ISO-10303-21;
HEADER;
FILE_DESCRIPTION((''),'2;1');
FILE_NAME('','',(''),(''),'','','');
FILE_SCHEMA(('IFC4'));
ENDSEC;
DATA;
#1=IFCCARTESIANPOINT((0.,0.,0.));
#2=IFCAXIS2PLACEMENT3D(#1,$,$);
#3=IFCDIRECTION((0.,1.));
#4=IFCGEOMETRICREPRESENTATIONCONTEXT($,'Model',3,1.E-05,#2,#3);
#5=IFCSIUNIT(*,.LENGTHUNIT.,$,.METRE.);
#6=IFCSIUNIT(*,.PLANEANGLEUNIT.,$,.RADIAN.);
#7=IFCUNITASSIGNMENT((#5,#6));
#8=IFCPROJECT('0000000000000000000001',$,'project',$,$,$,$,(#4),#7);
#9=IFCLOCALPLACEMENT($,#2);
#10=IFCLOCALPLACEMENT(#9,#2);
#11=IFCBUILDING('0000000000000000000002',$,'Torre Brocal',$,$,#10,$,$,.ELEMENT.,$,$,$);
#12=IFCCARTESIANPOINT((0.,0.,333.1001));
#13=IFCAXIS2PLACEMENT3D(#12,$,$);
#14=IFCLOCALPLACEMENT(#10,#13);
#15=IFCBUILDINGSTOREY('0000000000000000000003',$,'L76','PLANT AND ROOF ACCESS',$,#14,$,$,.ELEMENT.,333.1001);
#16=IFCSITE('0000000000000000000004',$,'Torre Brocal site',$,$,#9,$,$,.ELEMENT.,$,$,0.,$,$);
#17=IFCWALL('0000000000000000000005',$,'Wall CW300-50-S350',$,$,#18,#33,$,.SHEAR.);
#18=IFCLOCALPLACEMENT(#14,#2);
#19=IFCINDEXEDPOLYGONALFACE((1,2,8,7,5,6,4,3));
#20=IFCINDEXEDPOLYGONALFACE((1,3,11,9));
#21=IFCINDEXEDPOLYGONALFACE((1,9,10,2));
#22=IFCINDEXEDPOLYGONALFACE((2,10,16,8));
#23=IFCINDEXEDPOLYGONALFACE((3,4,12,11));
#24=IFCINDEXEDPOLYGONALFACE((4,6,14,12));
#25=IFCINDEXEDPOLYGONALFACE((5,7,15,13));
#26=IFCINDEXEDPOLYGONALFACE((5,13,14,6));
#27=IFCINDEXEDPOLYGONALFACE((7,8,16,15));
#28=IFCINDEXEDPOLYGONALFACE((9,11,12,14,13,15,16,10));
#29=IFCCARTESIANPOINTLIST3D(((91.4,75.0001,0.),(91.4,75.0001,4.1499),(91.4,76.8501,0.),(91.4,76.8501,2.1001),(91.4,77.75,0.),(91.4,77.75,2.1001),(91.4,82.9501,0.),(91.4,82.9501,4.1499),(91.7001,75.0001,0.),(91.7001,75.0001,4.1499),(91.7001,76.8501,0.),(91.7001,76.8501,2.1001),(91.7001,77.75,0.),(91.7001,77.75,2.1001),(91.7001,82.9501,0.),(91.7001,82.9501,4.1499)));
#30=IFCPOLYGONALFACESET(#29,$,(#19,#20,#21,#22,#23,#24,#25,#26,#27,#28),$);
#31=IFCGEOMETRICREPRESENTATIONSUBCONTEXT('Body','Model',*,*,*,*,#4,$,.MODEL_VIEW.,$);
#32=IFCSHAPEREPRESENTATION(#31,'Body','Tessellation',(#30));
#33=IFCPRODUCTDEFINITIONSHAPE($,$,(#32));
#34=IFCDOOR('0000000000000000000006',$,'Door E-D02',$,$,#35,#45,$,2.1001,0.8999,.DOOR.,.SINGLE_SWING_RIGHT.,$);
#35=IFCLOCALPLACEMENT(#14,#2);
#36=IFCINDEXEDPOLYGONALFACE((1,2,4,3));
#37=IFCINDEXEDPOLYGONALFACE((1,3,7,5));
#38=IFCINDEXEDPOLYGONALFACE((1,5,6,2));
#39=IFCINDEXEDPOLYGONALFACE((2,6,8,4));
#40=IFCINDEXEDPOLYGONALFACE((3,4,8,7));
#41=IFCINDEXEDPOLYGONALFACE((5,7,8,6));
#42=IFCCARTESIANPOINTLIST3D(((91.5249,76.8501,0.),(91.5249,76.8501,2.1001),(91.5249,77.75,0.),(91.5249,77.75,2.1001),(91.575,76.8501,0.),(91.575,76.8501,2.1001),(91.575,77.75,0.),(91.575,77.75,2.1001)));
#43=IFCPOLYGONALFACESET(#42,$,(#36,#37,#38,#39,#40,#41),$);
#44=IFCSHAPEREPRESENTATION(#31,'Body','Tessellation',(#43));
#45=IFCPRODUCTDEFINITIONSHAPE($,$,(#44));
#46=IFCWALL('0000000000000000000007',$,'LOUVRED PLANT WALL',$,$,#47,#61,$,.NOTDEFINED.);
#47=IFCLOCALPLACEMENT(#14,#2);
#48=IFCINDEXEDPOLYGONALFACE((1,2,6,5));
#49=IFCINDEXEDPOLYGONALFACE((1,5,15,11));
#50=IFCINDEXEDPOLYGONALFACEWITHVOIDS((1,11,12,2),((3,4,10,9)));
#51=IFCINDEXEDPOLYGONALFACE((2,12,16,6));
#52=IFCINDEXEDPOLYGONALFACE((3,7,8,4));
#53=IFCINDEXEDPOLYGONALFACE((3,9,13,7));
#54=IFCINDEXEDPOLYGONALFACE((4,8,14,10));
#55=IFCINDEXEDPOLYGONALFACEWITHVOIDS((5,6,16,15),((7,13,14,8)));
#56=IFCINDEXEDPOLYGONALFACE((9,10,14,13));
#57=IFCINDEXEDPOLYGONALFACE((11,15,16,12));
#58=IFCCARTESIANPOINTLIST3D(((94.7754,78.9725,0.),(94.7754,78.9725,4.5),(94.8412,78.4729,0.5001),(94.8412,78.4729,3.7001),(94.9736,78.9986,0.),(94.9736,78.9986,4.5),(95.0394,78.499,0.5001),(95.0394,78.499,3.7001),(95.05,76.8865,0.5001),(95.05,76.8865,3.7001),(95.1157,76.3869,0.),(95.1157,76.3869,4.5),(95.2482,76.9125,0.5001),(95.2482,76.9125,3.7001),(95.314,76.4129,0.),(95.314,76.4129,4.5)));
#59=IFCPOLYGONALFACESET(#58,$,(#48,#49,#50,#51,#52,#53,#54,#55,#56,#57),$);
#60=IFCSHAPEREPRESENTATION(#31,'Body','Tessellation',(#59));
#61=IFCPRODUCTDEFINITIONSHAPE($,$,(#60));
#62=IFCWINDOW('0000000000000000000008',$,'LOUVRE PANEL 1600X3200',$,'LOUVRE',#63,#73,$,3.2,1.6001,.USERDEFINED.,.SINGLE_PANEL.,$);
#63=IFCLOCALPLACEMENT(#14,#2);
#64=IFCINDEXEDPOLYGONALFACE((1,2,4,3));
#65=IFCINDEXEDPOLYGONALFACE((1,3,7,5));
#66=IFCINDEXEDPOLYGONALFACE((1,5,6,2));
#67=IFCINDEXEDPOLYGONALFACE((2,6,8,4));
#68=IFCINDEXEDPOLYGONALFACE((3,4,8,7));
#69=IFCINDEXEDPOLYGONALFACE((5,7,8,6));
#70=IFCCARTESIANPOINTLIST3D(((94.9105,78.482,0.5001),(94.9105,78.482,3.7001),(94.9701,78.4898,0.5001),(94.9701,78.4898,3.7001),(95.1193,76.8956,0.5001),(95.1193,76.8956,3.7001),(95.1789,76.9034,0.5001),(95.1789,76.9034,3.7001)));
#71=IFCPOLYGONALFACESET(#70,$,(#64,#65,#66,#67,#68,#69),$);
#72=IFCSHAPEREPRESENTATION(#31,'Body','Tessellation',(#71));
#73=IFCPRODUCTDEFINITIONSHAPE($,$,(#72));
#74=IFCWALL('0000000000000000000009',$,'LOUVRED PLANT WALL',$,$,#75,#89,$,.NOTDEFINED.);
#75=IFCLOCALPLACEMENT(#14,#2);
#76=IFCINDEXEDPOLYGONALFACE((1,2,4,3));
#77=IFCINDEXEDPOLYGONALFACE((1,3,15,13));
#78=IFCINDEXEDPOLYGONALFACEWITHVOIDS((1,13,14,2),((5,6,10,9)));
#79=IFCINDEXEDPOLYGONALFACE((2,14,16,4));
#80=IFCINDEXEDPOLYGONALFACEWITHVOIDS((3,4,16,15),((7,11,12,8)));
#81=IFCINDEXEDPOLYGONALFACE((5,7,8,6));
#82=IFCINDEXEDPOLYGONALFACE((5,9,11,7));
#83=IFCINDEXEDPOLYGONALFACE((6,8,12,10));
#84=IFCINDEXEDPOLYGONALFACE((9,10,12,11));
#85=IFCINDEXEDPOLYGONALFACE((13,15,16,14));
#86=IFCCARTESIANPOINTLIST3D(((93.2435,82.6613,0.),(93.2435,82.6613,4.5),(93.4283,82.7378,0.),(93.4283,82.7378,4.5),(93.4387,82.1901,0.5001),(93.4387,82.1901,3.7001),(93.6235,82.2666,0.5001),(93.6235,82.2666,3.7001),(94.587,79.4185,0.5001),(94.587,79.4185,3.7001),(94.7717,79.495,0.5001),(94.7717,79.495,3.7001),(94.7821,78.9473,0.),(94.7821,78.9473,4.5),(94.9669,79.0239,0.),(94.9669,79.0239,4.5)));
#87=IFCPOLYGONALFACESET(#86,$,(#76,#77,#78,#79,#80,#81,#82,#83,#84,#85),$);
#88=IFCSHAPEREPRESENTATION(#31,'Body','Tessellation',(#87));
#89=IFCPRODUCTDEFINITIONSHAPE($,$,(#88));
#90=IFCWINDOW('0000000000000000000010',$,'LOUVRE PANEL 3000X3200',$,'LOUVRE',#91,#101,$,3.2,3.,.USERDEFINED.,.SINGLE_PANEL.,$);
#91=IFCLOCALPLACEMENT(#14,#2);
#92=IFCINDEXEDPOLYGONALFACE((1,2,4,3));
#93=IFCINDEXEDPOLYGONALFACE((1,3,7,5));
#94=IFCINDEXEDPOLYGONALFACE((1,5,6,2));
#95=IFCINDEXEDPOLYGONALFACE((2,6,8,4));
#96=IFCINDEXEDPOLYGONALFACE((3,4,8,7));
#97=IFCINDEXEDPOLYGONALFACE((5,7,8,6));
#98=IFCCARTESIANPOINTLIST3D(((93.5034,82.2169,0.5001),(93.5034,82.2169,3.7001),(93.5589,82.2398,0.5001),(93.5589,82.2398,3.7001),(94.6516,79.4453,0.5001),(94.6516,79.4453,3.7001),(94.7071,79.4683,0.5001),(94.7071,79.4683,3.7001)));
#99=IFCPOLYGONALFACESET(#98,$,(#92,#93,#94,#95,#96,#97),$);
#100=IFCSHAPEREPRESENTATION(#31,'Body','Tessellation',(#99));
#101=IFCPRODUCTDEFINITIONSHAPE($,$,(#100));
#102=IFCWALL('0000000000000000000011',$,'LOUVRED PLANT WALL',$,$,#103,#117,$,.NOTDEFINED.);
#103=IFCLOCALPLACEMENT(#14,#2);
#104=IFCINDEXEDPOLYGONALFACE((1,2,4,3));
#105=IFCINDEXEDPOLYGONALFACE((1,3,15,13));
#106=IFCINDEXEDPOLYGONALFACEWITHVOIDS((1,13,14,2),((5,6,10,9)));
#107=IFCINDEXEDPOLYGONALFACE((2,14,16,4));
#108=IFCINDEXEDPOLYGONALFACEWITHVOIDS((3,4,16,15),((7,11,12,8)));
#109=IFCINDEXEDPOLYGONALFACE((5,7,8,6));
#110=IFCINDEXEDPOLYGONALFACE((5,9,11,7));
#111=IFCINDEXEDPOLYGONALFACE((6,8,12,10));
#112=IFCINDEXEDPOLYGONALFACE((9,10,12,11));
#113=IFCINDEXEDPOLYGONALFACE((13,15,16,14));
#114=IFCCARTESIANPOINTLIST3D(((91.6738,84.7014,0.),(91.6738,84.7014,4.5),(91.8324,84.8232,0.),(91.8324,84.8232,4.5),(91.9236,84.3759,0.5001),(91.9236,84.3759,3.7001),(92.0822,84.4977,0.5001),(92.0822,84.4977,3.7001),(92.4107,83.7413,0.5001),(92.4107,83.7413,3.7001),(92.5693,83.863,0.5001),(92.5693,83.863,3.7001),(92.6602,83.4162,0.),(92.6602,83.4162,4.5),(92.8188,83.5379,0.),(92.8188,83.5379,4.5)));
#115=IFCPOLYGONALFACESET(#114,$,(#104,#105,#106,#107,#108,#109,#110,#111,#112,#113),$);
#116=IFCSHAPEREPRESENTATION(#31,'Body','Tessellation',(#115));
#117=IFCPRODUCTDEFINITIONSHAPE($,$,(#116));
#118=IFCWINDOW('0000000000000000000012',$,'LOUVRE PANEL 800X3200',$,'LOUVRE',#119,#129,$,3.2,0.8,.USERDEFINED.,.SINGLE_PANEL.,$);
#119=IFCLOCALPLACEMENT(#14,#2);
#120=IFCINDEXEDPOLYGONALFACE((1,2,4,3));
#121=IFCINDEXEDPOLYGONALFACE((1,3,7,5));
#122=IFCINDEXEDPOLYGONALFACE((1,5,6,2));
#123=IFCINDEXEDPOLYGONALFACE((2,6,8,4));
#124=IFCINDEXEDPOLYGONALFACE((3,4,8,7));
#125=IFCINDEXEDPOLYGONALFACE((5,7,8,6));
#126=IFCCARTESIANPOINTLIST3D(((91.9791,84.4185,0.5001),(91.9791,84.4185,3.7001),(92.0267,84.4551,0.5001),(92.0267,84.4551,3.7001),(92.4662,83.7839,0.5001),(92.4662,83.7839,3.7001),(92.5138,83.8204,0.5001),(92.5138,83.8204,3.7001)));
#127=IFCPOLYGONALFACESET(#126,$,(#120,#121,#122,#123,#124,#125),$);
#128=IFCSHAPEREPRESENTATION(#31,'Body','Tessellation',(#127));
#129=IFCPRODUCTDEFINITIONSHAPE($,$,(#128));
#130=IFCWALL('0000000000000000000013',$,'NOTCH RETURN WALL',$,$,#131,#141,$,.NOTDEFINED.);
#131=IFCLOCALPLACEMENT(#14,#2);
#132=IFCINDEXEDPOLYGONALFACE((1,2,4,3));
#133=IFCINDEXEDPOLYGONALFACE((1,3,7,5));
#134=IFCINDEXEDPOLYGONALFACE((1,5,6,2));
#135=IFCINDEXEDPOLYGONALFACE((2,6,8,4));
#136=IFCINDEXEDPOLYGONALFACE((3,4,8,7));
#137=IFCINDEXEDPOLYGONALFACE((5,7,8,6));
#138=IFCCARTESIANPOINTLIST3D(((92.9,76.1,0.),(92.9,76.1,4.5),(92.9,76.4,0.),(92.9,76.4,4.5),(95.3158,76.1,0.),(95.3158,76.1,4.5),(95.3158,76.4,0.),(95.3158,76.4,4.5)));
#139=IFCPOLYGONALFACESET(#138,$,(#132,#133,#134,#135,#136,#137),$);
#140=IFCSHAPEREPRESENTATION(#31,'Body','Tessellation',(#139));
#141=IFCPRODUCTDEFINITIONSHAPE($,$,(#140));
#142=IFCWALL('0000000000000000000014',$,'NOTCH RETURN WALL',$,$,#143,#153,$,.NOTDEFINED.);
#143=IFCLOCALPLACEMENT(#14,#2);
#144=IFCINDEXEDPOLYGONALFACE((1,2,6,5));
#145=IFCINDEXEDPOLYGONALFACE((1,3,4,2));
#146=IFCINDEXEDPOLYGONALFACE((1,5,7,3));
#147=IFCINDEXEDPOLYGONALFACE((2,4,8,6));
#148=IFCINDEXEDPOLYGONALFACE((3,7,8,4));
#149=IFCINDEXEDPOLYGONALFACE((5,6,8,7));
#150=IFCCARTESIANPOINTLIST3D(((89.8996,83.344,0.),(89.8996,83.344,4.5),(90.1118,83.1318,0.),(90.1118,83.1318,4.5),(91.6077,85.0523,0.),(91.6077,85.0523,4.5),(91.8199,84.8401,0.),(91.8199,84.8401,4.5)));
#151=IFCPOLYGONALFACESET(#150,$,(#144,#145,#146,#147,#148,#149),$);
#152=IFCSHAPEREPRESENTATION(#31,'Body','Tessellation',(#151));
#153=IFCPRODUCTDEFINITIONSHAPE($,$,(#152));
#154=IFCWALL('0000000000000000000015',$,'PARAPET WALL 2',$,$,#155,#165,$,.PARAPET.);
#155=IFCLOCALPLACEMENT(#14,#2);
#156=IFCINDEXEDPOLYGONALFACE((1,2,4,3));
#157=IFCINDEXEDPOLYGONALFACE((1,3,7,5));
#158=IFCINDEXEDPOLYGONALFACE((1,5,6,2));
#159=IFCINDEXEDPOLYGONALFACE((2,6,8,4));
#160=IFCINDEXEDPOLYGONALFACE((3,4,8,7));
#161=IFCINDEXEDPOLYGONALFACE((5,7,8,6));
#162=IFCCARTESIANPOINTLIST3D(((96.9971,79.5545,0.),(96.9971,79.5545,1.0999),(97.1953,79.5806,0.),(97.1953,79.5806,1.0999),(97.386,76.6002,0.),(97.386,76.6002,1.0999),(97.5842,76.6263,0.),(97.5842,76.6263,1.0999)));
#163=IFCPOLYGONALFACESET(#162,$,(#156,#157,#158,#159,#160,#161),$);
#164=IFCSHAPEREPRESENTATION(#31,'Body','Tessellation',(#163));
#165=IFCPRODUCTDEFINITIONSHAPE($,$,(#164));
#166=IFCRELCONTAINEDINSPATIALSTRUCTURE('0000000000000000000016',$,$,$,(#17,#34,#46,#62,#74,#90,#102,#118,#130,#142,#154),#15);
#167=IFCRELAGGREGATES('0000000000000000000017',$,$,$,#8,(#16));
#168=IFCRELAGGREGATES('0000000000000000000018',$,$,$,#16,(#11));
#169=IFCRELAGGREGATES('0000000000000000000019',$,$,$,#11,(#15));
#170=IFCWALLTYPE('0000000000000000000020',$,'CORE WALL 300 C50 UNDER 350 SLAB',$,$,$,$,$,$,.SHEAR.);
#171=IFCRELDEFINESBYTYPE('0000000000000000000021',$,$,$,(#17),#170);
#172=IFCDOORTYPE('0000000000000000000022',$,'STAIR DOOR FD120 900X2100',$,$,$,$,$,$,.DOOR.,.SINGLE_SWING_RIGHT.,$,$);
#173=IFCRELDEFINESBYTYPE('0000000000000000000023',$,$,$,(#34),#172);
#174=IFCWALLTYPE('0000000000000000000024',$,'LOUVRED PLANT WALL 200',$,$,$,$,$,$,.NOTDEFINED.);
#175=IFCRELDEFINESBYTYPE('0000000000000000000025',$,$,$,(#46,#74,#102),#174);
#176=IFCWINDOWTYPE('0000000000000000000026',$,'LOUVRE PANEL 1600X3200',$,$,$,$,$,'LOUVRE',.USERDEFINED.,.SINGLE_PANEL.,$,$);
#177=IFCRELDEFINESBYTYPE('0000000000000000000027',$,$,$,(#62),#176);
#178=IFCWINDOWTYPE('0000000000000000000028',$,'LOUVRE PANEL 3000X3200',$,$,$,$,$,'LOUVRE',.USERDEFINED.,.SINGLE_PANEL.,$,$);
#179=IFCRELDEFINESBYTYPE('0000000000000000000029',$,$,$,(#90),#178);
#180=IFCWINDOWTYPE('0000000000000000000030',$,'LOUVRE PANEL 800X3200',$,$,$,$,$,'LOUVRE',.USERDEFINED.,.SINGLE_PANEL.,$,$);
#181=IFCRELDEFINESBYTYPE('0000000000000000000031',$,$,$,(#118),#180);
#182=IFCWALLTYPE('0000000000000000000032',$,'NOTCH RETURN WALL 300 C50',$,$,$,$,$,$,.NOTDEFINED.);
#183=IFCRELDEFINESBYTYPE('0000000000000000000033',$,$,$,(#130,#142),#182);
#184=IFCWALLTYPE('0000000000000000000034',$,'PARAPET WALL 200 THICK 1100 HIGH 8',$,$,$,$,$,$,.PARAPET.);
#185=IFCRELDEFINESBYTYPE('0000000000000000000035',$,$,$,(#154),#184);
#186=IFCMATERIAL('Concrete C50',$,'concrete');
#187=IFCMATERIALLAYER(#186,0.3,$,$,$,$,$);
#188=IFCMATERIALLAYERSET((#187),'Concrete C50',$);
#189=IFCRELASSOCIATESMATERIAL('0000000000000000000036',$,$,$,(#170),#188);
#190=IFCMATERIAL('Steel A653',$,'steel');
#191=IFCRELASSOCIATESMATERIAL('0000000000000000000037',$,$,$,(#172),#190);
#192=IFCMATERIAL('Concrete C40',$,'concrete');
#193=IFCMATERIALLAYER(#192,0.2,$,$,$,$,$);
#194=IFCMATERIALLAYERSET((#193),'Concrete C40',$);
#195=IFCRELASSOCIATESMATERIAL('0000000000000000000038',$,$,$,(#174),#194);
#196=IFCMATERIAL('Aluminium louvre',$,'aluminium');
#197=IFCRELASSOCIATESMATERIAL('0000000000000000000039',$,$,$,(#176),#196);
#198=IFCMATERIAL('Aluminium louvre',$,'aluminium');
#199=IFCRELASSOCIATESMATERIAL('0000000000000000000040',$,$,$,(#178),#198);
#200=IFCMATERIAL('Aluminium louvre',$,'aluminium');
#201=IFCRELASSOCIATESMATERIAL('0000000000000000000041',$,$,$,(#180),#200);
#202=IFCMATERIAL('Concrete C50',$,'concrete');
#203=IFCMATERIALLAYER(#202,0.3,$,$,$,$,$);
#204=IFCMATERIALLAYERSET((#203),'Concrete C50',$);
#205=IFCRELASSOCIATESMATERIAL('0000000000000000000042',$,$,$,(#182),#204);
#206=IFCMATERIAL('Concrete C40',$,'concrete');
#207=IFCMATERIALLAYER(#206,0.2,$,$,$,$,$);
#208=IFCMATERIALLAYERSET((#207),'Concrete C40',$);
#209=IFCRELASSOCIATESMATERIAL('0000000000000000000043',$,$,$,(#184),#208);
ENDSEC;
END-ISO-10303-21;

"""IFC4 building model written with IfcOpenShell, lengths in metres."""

from ifc_helpers import new_model, si_unit, direction, frame, frame_2d, origin, place, context, subcontext, project, spatial, rectangle, extrude, material, layer, layer_set, type_object, element, fill, save


model = new_model("IFC4")

# Units and contexts
model_context = context("Model", 3, precision=1e-05, world=origin(), true_north=direction((0.0, 1.0)))
body_context = subcontext(model_context, "Body", "Model", "MODEL_VIEW")
ifc_project = project(units=[si_unit("LENGTHUNIT", "METRE"), si_unit("PLANEANGLEUNIT", "RADIAN")], contexts=[model_context])

# Site, building, storey
site_placement = place(None, origin())
site = spatial("IfcSite", under=ifc_project, at=site_placement, Name="Torre Brocal site", CompositionType="ELEMENT", RefElevation=0.0)
building_placement = place(site_placement, origin())
building = spatial("IfcBuilding", under=site, at=building_placement, Name="Torre Brocal", CompositionType="ELEMENT")
storey_placement = place(building_placement, frame((0.0, 0.0, 333.1001)))
storey = spatial("IfcBuildingStorey", under=building, at=storey_placement, Name="L76", Description="PLANT AND ROOF ACCESS", CompositionType="ELEMENT", Elevation=333.1001)

# Wall, opening, door
ifc_material_1 = material(Name="Concrete C50", Category="concrete")
ifc_layer_1 = layer(ifc_material_1, 0.3)
ifc_layer_set_1 = layer_set([ifc_layer_1], Name="Concrete C50")
wall_type_1 = type_object("IfcWallType", Name="CORE WALL 300 C50 UNDER 350 SLAB", PredefinedType="SHEAR", material=ifc_layer_set_1)
wall_1_placement = place(storey_placement, frame((91.55, 75.0, 0.0), z_axis=(0.0, 0.0, 1.0), x_axis=(0.0, 1.0, 0.0)))
wall_1 = element("IfcWall", 1, at=wall_1_placement, inside=storey, type_object=wall_type_1, Name="Wall CW300-50-S350", PredefinedType="SHEAR", context=body_context, shape_type="SweptSolid", body=[
    extrude(rectangle(XDim=7.95, YDim=0.3, at=frame_2d((3.9751, 0.0))), origin(), (0.0, 0.0, 1.0), 4.1499),
])
opening_1_placement = place(wall_1_placement, frame((1.8501, 0.0, 0.0)))
opening_1 = element("IfcOpeningElement", 2, at=opening_1_placement, cuts=wall_1, PredefinedType="OPENING", context=body_context, shape_type="SweptSolid", body=[
    extrude(rectangle(XDim=0.8999, YDim=2.1001, at=frame_2d((0.45, 1.05))), frame((0.0, 0.1599, 0.0), z_axis=(0.0, -1.0, 0.0), x_axis=(1.0, 0.0, 0.0)), (0.0, 0.0, 1.0), 0.3201),
])
ifc_material_2 = material(Name="Steel A653", Category="steel")
door_type = type_object("IfcDoorType", Name="STAIR DOOR FD120 900X2100", OperationType="SINGLE_SWING_RIGHT", PredefinedType="DOOR", material=ifc_material_2)
door_placement = place(opening_1_placement, frame((0.8999, 0.0, 0.0), z_axis=(0.0, 0.0, 1.0), x_axis=(-1.0, 0.0, 0.0)))
door = element("IfcDoor", 3, at=door_placement, inside=storey, type_object=door_type, Name="Door E-D02", OperationType="SINGLE_SWING_RIGHT", OverallHeight=2.1001, OverallWidth=0.8999, PredefinedType="DOOR", context=body_context, shape_type="SweptSolid", body=[
    extrude(rectangle(XDim=0.8999, YDim=2.1001, at=frame_2d((0.45, 1.05))), frame((0.0, 0.0249, 0.0), z_axis=(0.0, -1.0, 0.0), x_axis=(1.0, 0.0, 0.0)), (0.0, 0.0, 1.0), 0.05),
])
fill(opening_1, door)

# Walls, openings, windows
ifc_material_3 = material(Name="Concrete C40", Category="concrete")
ifc_layer_2 = layer(ifc_material_3, 0.2)
ifc_layer_set_2 = layer_set([ifc_layer_2], Name="Concrete C40")
wall_type_2 = type_object("IfcWallType", Name="LOUVRED PLANT WALL 200", PredefinedType="NOTDEFINED", material=ifc_layer_set_2)
wall_2_placement = place(storey_placement, frame((95.2148, 76.3999, 0.0), z_axis=(0.0, 0.0, 1.0), x_axis=(-0.130496, 0.991449, 0.0)))
wall_2 = element("IfcWall", 4, at=wall_2_placement, inside=storey, type_object=wall_type_2, Name="LOUVRED PLANT WALL", PredefinedType="NOTDEFINED", context=body_context, shape_type="SweptSolid", body=[
    extrude(rectangle(XDim=2.6079, YDim=0.2, at=frame_2d((1.304, 0.0))), origin(), (0.0, 0.0, 1.0), 4.5),
])
opening_2_placement = place(wall_2_placement, frame((0.5039, 0.0, 0.5)))
opening_2 = element("IfcOpeningElement", 5, at=opening_2_placement, cuts=wall_2, PredefinedType="OPENING", context=body_context, shape_type="SweptSolid", body=[
    extrude(rectangle(XDim=1.6001, YDim=3.2, at=frame_2d((0.8, 1.6001))), frame((0.0, 0.1099, 0.0), z_axis=(0.0, -1.0, 0.0), x_axis=(1.0, 0.0, 0.0)), (0.0, 0.0, 1.0), 0.22),
])
ifc_material_4 = material(Name="Aluminium louvre", Category="aluminium")
window_type_1 = type_object("IfcWindowType", Name="LOUVRE PANEL 1600X3200", ElementType="LOUVRE", PartitioningType="SINGLE_PANEL", PredefinedType="USERDEFINED", material=ifc_material_4)
window_1_placement = place(opening_2_placement, origin())
window_1 = element("IfcWindow", 6, at=window_1_placement, inside=storey, type_object=window_type_1, Name="LOUVRE PANEL 1600X3200", ObjectType="LOUVRE", OverallHeight=3.2, OverallWidth=1.6001, PartitioningType="SINGLE_PANEL", PredefinedType="USERDEFINED", context=body_context, shape_type="SweptSolid", body=[
    extrude(rectangle(XDim=1.6001, YDim=3.2, at=frame_2d((0.8, 1.6001))), frame((0.0, 0.03, 0.0), z_axis=(0.0, -1.0, 0.0), x_axis=(1.0, 0.0, 0.0)), (0.0, 0.0, 1.0), 0.0601),
])
fill(opening_2, window_1)
wall_3_placement = place(storey_placement, frame((94.8745, 78.9856, 0.0), z_axis=(0.0, 0.0, 1.0), x_axis=(-0.382734, 0.923858, 0.0)))
wall_3 = element("IfcWall", 7, at=wall_3_placement, inside=storey, type_object=wall_type_2, Name="LOUVRED PLANT WALL", PredefinedType="NOTDEFINED", context=body_context, shape_type="SweptSolid", body=[
    extrude(rectangle(XDim=4.02, YDim=0.2, at=frame_2d((2.01, 0.0))), origin(), (0.0, 0.0, 1.0), 4.5),
])
opening_3_placement = place(wall_3_placement, frame((0.51, 0.0, 0.5)))
opening_3 = element("IfcOpeningElement", 8, at=opening_3_placement, cuts=wall_3, PredefinedType="OPENING", context=body_context, shape_type="SweptSolid", body=[
    extrude(rectangle(XDim=3.0, YDim=3.2, at=frame_2d((1.5, 1.6001))), frame((0.0, 0.1099, 0.0), z_axis=(0.0, -1.0, 0.0), x_axis=(1.0, 0.0, 0.0)), (0.0, 0.0, 1.0), 0.22),
])
ifc_material_5 = material(Name="Aluminium louvre", Category="aluminium")
window_type_2 = type_object("IfcWindowType", Name="LOUVRE PANEL 3000X3200", ElementType="LOUVRE", PartitioningType="SINGLE_PANEL", PredefinedType="USERDEFINED", material=ifc_material_5)
window_2_placement = place(opening_3_placement, origin())
window_2 = element("IfcWindow", 9, at=window_2_placement, inside=storey, type_object=window_type_2, Name="LOUVRE PANEL 3000X3200", ObjectType="LOUVRE", OverallHeight=3.2, OverallWidth=3.0, PartitioningType="SINGLE_PANEL", PredefinedType="USERDEFINED", context=body_context, shape_type="SweptSolid", body=[
    extrude(rectangle(XDim=3.0, YDim=3.2, at=frame_2d((1.5, 1.6001))), frame((0.0, 0.03, 0.0), z_axis=(0.0, -1.0, 0.0), x_axis=(1.0, 0.0, 0.0)), (0.0, 0.0, 1.0), 0.0601),
])
fill(opening_3, window_2)
wall_4_placement = place(storey_placement, frame((92.7395, 83.4771, 0.0), z_axis=(0.0, 0.0, 1.0), x_axis=(-0.608836, 0.793296, 0.0)))
wall_4 = element("IfcWall", 10, at=wall_4_placement, inside=storey, type_object=wall_type_2, Name="LOUVRED PLANT WALL", PredefinedType="NOTDEFINED", context=body_context, shape_type="SweptSolid", body=[
    extrude(rectangle(XDim=1.6201, YDim=0.2, at=frame_2d((0.8101, 0.0))), origin(), (0.0, 0.0, 1.0), 4.5),
])
opening_4_placement = place(wall_4_placement, frame((0.4099, 0.0, 0.5)))
opening_4 = element("IfcOpeningElement", 11, at=opening_4_placement, cuts=wall_4, PredefinedType="OPENING", context=body_context, shape_type="SweptSolid", body=[
    extrude(rectangle(XDim=0.8, YDim=3.2, at=frame_2d((0.3999, 1.6001))), frame((0.0, 0.1099, 0.0), z_axis=(0.0, -1.0, 0.0), x_axis=(1.0, 0.0, 0.0)), (0.0, 0.0, 1.0), 0.22),
])
ifc_material_6 = material(Name="Aluminium louvre", Category="aluminium")
window_type_3 = type_object("IfcWindowType", Name="LOUVRE PANEL 800X3200", ElementType="LOUVRE", PartitioningType="SINGLE_PANEL", PredefinedType="USERDEFINED", material=ifc_material_6)
window_3_placement = place(opening_4_placement, origin())
window_3 = element("IfcWindow", 12, at=window_3_placement, inside=storey, type_object=window_type_3, Name="LOUVRE PANEL 800X3200", ObjectType="LOUVRE", OverallHeight=3.2, OverallWidth=0.8, PartitioningType="SINGLE_PANEL", PredefinedType="USERDEFINED", context=body_context, shape_type="SweptSolid", body=[
    extrude(rectangle(XDim=0.8, YDim=3.2, at=frame_2d((0.3999, 1.6001))), frame((0.0, 0.03, 0.0), z_axis=(0.0, -1.0, 0.0), x_axis=(1.0, 0.0, 0.0)), (0.0, 0.0, 1.0), 0.0601),
])
fill(opening_4, window_3)

# Walls
ifc_material_7 = material(Name="Concrete C50", Category="concrete")
ifc_layer_3 = layer(ifc_material_7, 0.3)
ifc_layer_set_3 = layer_set([ifc_layer_3], Name="Concrete C50")
wall_type_3 = type_object("IfcWallType", Name="NOTCH RETURN WALL 300 C50", PredefinedType="NOTDEFINED", material=ifc_layer_set_3)
for number, where, z_axis, x_axis, name in (
    (13, (92.8999, 76.25, 0.0), (0.0, 0.0, 1.0), (1.0, 0.0, 0.0), "NOTCH RETURN WALL"),
    (14, (90.0056, 83.2378, 0.0), (0.0, 0.0, 1.0), (0.707056, 0.707157, 0.0), "NOTCH RETURN WALL"),
):
    element("IfcWall", number, at=place(storey_placement, frame(where, z_axis=z_axis, x_axis=x_axis)), inside=storey, type_object=wall_type_3, Name=name, PredefinedType="NOTDEFINED", context=body_context, shape_type="SweptSolid", body=[
        extrude(rectangle(XDim=2.4158, YDim=0.3, at=frame_2d((1.208, 0.0))), origin(), (0.0, 0.0, 1.0), 4.5),
    ])
ifc_material_8 = material(Name="Concrete C40", Category="concrete")
ifc_layer_4 = layer(ifc_material_8, 0.2)
ifc_layer_set_4 = layer_set([ifc_layer_4], Name="Concrete C40")
wall_type_4 = type_object("IfcWallType", Name="PARAPET WALL 200 THICK 1100 HIGH 8", PredefinedType="PARAPET", material=ifc_layer_set_4)
wall_5_placement = place(storey_placement, frame((97.0962, 79.5674, 0.0), z_axis=(0.0, 0.0, 1.0), x_axis=(0.130516, -0.991446, 0.0)))
element("IfcWall", 15, at=wall_5_placement, inside=storey, type_object=wall_type_4, Name="PARAPET WALL 2", PredefinedType="PARAPET", context=body_context, shape_type="SweptSolid", body=[
    extrude(rectangle(XDim=2.9797, YDim=0.2, at=frame_2d((1.4897, 0.0))), origin(), (0.0, 0.0, 1.0), 1.0999),
])

save(model, "model.ifc")
